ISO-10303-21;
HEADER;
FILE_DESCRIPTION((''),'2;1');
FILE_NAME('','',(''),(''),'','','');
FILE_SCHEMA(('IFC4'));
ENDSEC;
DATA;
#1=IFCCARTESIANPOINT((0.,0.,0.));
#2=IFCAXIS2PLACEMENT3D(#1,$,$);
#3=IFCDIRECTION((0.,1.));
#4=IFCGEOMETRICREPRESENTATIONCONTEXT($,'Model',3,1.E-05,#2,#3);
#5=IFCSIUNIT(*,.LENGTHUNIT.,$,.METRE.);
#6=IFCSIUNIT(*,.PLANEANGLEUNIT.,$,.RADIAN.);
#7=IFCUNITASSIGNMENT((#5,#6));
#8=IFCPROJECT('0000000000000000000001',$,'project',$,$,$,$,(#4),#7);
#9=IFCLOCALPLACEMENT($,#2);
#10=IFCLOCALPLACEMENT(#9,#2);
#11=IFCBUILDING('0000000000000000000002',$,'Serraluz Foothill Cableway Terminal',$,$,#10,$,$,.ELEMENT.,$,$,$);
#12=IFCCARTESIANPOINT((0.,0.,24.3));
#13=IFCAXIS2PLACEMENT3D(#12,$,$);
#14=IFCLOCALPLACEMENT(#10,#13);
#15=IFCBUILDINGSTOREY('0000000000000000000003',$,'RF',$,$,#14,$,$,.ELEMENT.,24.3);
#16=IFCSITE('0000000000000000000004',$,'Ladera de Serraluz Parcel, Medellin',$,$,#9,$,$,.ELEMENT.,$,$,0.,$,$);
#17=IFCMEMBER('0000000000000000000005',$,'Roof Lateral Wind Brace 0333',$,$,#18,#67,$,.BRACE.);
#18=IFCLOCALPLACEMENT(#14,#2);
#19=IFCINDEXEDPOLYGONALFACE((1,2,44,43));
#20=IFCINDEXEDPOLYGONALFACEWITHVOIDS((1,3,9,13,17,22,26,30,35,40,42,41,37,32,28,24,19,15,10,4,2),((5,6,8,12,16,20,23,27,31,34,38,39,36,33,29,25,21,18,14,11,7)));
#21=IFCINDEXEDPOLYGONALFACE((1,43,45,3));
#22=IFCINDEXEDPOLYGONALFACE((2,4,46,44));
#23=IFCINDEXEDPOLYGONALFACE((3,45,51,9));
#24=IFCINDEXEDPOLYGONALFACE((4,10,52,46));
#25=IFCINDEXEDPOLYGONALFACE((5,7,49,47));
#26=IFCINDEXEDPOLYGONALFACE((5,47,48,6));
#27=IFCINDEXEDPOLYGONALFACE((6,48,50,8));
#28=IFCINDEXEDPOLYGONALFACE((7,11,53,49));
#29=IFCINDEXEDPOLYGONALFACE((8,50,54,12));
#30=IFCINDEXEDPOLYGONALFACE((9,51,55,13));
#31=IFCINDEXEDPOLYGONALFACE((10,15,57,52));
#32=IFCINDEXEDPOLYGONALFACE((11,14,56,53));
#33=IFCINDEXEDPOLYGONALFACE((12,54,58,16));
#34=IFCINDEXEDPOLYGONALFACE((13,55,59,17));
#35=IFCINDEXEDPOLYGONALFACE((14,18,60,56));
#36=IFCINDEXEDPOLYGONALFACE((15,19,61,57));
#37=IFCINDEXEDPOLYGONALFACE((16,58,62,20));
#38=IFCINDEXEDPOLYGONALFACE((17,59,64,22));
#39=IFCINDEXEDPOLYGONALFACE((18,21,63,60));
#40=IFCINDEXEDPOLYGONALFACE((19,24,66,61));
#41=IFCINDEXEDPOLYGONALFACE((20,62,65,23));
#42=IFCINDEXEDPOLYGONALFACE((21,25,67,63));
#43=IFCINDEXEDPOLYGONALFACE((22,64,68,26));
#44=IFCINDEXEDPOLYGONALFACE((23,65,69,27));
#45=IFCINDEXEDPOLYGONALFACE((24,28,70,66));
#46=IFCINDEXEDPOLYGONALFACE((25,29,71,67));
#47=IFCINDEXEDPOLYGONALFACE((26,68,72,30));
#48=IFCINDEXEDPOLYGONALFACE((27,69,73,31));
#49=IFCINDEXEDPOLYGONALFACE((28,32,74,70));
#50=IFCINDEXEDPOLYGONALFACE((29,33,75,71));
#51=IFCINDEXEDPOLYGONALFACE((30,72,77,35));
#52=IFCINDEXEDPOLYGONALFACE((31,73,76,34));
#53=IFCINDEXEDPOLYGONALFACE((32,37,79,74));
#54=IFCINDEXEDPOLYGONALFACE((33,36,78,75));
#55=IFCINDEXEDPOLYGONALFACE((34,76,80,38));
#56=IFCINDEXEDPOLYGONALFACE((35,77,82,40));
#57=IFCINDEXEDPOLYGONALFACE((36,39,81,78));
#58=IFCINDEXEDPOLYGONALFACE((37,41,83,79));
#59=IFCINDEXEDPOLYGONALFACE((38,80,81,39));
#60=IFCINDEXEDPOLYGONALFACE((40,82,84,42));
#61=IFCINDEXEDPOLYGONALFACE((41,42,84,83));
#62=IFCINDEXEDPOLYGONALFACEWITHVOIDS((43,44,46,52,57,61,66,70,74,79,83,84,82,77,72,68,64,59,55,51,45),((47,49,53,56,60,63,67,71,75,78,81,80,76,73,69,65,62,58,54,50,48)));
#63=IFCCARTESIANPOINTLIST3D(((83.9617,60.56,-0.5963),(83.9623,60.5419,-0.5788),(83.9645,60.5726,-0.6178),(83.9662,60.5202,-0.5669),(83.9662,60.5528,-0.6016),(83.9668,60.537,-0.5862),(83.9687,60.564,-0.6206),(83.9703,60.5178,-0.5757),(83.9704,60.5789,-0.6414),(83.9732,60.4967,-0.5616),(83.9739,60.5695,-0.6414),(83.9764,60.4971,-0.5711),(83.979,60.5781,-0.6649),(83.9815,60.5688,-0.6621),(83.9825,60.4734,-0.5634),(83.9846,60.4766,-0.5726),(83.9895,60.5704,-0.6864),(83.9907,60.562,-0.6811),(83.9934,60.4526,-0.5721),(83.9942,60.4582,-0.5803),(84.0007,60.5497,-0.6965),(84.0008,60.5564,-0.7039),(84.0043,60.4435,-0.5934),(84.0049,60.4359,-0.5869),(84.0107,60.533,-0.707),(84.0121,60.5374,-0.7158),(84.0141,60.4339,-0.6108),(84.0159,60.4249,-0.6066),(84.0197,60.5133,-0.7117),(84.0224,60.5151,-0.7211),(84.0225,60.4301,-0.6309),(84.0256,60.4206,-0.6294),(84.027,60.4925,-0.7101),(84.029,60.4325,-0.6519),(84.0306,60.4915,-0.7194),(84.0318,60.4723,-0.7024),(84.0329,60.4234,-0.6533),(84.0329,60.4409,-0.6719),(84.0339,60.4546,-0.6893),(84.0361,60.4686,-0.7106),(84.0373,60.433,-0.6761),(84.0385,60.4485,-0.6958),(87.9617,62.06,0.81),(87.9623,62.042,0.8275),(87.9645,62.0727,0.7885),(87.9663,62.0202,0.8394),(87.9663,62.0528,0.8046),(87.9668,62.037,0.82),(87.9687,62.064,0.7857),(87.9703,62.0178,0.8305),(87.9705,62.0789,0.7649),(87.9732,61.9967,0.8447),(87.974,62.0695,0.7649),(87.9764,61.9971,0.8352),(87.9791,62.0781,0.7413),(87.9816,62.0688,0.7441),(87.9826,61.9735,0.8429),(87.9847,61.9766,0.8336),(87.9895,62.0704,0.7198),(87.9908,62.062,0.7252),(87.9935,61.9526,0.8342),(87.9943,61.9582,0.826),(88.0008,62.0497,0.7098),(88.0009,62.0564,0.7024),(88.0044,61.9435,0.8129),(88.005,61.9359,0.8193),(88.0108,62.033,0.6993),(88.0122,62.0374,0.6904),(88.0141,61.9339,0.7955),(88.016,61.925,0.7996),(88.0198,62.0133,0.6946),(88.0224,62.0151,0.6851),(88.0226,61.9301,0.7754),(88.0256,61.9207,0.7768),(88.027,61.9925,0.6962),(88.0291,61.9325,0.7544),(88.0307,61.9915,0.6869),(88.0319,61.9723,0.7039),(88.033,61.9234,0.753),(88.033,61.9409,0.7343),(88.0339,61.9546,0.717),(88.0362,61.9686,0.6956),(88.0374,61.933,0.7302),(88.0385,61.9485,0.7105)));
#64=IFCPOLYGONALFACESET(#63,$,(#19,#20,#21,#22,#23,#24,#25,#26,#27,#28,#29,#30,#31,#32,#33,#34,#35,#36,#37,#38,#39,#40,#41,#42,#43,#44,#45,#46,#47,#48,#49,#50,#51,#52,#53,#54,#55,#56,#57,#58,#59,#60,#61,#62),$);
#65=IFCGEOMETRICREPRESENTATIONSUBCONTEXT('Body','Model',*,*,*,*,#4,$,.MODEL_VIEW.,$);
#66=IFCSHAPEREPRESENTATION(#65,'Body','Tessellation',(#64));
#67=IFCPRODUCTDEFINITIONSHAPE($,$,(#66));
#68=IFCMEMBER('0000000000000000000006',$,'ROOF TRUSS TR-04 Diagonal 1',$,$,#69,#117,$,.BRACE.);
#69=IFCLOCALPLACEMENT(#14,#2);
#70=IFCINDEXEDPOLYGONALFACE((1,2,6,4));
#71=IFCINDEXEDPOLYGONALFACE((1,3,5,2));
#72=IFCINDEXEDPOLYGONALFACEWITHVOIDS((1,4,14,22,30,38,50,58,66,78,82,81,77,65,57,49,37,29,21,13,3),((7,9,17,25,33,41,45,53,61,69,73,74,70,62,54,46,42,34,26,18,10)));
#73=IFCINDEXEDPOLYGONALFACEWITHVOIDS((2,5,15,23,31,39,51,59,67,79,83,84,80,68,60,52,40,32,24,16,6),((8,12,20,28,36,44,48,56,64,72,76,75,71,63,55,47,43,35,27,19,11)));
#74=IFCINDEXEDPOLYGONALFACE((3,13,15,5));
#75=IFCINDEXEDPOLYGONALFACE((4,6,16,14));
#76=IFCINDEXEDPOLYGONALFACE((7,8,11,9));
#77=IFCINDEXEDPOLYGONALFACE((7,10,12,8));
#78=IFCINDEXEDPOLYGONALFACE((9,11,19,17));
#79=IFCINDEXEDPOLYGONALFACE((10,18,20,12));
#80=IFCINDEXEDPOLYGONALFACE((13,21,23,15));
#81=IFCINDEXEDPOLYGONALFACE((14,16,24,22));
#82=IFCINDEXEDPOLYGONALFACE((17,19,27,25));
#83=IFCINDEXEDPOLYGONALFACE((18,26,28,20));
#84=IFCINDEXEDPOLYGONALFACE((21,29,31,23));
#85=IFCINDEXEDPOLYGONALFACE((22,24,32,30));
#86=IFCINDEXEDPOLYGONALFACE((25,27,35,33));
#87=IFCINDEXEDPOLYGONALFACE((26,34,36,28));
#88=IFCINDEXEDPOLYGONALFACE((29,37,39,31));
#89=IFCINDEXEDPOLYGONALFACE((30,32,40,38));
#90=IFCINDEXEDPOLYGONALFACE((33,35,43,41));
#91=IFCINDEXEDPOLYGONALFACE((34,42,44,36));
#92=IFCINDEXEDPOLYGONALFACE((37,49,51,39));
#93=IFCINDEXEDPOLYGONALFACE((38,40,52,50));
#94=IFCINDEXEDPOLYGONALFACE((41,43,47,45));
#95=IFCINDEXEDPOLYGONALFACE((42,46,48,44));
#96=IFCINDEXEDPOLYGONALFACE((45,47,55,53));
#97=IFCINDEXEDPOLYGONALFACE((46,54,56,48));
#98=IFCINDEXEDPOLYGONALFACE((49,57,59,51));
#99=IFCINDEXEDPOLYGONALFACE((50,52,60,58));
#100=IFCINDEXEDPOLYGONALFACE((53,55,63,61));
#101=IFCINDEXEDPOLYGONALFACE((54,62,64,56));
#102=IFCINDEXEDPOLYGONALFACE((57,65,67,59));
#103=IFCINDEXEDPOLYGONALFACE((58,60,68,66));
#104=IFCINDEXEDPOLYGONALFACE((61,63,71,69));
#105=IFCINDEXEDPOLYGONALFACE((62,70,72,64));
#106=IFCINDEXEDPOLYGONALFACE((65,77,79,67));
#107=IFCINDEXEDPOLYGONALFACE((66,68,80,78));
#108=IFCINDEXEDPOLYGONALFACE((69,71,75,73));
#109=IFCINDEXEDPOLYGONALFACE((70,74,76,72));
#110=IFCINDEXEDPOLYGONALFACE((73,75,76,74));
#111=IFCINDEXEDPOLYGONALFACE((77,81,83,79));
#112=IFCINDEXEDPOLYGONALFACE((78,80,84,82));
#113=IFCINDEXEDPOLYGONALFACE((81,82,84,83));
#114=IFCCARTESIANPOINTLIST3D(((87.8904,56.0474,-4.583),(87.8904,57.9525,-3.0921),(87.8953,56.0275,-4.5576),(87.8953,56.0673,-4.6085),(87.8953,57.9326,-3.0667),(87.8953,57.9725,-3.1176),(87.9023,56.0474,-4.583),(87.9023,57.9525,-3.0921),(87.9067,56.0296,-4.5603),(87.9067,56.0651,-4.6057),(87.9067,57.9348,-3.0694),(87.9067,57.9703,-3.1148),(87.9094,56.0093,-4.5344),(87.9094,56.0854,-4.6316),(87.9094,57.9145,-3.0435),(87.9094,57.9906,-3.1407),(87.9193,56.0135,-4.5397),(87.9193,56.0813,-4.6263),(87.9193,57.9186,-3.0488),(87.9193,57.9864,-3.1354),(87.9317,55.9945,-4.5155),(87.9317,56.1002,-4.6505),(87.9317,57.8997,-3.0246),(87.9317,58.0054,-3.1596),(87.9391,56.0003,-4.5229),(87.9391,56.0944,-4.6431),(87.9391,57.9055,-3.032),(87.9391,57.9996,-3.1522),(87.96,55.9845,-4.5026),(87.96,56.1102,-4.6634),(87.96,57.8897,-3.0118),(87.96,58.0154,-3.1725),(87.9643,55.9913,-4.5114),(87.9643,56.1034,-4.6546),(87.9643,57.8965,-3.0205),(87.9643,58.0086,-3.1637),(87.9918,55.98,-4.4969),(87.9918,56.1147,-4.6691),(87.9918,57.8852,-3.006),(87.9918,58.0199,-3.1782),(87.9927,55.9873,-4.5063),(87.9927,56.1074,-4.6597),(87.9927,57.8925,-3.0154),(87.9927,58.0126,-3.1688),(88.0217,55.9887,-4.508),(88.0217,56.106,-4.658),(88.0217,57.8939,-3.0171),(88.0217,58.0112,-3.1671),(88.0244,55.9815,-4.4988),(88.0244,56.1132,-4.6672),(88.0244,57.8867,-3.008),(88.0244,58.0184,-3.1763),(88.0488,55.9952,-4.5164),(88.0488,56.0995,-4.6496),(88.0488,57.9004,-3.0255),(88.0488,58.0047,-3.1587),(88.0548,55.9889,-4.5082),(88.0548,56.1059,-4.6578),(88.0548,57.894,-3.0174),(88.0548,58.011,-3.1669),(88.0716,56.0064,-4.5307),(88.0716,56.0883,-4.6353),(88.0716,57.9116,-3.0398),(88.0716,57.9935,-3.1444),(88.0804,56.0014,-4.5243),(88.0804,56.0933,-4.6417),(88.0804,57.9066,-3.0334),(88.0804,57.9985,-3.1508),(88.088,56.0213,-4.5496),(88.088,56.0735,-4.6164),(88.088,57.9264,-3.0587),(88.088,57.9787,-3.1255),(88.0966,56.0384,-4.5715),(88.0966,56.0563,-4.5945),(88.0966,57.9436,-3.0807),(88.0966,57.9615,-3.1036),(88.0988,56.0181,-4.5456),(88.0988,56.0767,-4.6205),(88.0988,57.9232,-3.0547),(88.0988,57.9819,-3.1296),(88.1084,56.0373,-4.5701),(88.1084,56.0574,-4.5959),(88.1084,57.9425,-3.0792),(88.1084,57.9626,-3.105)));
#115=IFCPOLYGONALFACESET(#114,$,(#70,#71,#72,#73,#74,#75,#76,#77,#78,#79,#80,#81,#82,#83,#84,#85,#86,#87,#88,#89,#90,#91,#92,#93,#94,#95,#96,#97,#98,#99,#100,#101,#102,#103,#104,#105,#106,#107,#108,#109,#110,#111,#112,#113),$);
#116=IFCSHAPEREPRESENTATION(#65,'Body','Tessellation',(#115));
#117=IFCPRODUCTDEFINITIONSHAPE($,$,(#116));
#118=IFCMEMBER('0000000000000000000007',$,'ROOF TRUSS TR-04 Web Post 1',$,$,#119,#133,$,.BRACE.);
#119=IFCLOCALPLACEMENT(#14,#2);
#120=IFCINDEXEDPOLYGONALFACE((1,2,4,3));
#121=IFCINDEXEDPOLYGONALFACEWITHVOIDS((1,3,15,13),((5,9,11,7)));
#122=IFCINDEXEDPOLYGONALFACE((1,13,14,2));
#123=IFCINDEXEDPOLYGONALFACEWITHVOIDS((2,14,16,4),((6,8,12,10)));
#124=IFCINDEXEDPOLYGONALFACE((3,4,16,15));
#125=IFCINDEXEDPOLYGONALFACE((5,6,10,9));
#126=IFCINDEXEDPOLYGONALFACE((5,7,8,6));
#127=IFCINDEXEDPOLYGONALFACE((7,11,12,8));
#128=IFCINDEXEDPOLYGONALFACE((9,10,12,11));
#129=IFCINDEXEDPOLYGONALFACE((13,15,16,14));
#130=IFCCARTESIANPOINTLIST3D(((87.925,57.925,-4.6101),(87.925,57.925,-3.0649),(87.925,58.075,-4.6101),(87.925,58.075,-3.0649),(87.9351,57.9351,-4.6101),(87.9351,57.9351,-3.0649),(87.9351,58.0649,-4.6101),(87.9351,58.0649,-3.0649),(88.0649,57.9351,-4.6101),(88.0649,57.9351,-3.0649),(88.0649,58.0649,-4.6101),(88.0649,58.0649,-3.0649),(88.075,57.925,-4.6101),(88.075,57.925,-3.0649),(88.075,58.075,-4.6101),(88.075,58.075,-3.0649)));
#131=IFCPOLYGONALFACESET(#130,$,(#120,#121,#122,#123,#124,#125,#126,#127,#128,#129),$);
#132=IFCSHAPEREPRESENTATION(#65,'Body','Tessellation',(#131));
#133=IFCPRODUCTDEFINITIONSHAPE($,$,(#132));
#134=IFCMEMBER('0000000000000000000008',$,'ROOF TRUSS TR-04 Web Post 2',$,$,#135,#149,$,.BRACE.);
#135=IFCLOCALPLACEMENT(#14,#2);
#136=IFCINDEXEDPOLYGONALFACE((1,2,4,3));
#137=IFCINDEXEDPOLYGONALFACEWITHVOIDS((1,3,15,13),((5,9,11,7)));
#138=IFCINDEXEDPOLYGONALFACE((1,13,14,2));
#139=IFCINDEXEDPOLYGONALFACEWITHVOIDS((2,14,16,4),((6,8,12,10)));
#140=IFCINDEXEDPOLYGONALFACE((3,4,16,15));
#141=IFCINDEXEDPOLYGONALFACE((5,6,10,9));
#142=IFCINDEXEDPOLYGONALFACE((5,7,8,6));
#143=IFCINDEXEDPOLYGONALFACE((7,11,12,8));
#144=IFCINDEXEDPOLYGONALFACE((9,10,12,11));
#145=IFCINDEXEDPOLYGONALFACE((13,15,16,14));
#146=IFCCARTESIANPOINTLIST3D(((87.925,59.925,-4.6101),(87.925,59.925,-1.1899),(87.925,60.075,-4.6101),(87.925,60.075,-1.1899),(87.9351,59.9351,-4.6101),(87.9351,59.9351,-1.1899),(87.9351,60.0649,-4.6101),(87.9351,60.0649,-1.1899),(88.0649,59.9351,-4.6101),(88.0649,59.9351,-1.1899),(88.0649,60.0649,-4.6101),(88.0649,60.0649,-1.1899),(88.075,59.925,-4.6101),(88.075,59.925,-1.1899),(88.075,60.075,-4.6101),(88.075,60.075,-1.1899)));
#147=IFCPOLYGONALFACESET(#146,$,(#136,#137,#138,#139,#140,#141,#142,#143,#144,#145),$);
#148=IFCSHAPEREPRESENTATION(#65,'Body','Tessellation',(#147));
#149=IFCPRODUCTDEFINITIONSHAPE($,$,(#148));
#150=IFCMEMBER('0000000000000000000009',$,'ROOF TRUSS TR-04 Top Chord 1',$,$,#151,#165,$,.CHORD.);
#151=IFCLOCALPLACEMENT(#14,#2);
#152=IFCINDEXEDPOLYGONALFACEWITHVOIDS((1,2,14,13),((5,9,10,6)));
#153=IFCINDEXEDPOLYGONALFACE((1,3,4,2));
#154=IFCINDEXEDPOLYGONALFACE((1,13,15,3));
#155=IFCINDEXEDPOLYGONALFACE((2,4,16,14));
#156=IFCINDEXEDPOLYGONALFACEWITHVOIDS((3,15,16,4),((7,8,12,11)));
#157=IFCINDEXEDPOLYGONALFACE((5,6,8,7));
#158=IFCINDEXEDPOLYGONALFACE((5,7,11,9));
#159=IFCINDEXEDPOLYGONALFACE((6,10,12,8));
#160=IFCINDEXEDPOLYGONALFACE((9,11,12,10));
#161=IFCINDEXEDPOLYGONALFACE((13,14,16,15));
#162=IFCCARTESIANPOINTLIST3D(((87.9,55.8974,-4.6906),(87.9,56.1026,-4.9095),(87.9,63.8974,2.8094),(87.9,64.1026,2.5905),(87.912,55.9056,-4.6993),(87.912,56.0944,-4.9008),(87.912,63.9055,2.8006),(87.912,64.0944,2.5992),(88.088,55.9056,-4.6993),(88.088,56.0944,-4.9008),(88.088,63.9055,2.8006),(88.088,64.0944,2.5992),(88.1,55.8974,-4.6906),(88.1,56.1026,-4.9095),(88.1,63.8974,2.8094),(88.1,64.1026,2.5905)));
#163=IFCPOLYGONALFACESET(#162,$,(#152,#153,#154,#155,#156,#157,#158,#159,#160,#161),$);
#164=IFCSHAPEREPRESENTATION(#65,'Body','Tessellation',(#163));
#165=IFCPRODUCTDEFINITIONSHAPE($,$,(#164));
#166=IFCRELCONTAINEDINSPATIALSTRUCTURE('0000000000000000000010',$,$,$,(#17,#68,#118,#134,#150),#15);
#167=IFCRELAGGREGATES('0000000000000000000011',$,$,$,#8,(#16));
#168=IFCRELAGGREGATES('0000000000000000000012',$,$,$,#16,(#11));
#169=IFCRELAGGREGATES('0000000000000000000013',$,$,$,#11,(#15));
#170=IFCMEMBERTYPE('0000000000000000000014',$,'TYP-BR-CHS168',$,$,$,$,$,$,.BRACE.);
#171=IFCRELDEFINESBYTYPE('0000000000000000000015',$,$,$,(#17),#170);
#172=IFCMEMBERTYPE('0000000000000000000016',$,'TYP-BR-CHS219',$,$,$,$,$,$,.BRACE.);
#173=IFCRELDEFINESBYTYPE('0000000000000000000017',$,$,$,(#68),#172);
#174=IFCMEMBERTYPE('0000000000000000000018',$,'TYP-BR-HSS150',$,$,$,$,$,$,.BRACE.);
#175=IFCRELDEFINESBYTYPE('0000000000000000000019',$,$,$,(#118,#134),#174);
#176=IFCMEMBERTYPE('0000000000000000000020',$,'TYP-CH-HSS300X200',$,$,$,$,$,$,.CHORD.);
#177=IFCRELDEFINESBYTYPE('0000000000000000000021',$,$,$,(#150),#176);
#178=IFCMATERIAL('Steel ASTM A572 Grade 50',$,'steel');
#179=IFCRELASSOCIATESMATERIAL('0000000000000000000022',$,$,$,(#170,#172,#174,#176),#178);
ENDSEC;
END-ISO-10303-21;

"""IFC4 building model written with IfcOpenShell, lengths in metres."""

from ifc_helpers import new_model, si_unit, direction, frame, origin, origin_2d, place, context, subcontext, project, spatial, hollow_rectangle, hollow_circle, extrude, material, material_profile, profile_set, type_object, element, save


model = new_model("IFC4")

# Units and contexts
model_context = context("Model", 3, precision=1e-05, world=origin(), true_north=direction((0.0, 1.0)))
body_context = subcontext(model_context, "Body", "Model", "MODEL_VIEW")
ifc_project = project(units=[si_unit("LENGTHUNIT", "METRE"), si_unit("PLANEANGLEUNIT", "RADIAN")], contexts=[model_context])

# Site, building, storey
site_placement = place(None, origin())
site = spatial("IfcSite", under=ifc_project, at=site_placement, Name="Ladera de Serraluz Parcel, Medellin", CompositionType="ELEMENT", RefElevation=0.0)
building_placement = place(site_placement, origin())
building = spatial("IfcBuilding", under=site, at=building_placement, Name="Serraluz Foothill Cableway Terminal", CompositionType="ELEMENT")
storey_placement = place(building_placement, frame((0.0, 0.0, 24.3)))
storey = spatial("IfcBuildingStorey", under=building, at=storey_placement, Name="RF", CompositionType="ELEMENT", Elevation=24.3)

# Members
ifc_material_1 = material(Name="Steel ASTM A572 Grade 50", Category="steel")
ifc_material_profile_1 = material_profile(ifc_material_1, hollow_circle(Radius=0.0842, WallThickness=0.01, at=origin_2d()), Name="CHS168X10")
ifc_profile_set_1 = profile_set([ifc_material_profile_1], Name="Steel ASTM A572 Grade 50")
member_type_1 = type_object("IfcMemberType", Name="TYP-BR-CHS168", PredefinedType="BRACE", material=ifc_profile_set_1)
for number, where, z_axis, x_axis, name in (
    (1, (84.0, 60.5, -0.6414), (0.889382, 0.333518, 0.312673), (-0.351123, 0.936329, 0.0), "Roof Lateral Wind Brace 0333"),
):
    element("IfcMember", number, at=place(storey_placement, frame(where, z_axis=z_axis, x_axis=x_axis)), inside=storey, type_object=member_type_1, Name=name, PredefinedType="BRACE", context=body_context, shape_type="SweptSolid", body=[
        extrude(hollow_circle(Radius=0.0842, WallThickness=0.01, at=origin_2d()), origin(), (0.0, 0.0, 1.0), 4.4976),
    ])
ifc_material_profile_2 = material_profile(ifc_material_1, hollow_circle(Radius=0.1096, WallThickness=0.012, at=origin_2d()), Name="CHS219X12")
ifc_profile_set_2 = profile_set([ifc_material_profile_2], Name="Steel ASTM A572 Grade 50")
member_type_2 = type_object("IfcMemberType", Name="TYP-BR-CHS219", PredefinedType="BRACE", material=ifc_profile_set_2)
member_1_placement = place(storey_placement, frame((88.0, 56.0474, -4.583), z_axis=(0.0, 0.787528, 0.616278), x_axis=(-1.0, 0.0, 0.0)))
element("IfcMember", 2, at=member_1_placement, inside=storey, type_object=member_type_2, Name="ROOF TRUSS TR-04 Diagonal 1", PredefinedType="BRACE", context=body_context, shape_type="SweptSolid", body=[
    extrude(hollow_circle(Radius=0.1096, WallThickness=0.012, at=origin_2d()), origin(), (0.0, 0.0, 1.0), 2.4192),
])
ifc_material_profile_3 = material_profile(ifc_material_1, hollow_rectangle(XDim=0.1499, YDim=0.1499, WallThickness=0.01, at=origin_2d()), Name="HSS150X150X10")
ifc_profile_set_3 = profile_set([ifc_material_profile_3], Name="Steel ASTM A572 Grade 50")
member_type_3 = type_object("IfcMemberType", Name="TYP-BR-HSS150", PredefinedType="BRACE", material=ifc_profile_set_3)
member_2_placement = place(storey_placement, frame((88.0, 58.0, -4.6101), z_axis=(0.0, 0.0, 1.0), x_axis=(1.0, 0.0, 0.0)))
element("IfcMember", 3, at=member_2_placement, inside=storey, type_object=member_type_3, Name="ROOF TRUSS TR-04 Web Post 1", PredefinedType="BRACE", context=body_context, shape_type="SweptSolid", body=[
    extrude(hollow_rectangle(XDim=0.1499, YDim=0.1499, WallThickness=0.01, at=origin_2d()), origin(), (0.0, 0.0, 1.0), 1.5452),
])
member_3_placement = place(storey_placement, frame((88.0, 60.0, -4.6101), z_axis=(0.0, 0.0, 1.0), x_axis=(1.0, 0.0, 0.0)))
element("IfcMember", 4, at=member_3_placement, inside=storey, type_object=member_type_3, Name="ROOF TRUSS TR-04 Web Post 2", PredefinedType="BRACE", context=body_context, shape_type="SweptSolid", body=[
    extrude(hollow_rectangle(XDim=0.1499, YDim=0.1499, WallThickness=0.01, at=origin_2d()), origin(), (0.0, 0.0, 1.0), 3.4202),
])
ifc_material_profile_4 = material_profile(ifc_material_1, hollow_rectangle(XDim=0.2, YDim=0.3, WallThickness=0.012, at=origin_2d()), Name="HSS300X200X12")
ifc_profile_set_4 = profile_set([ifc_material_profile_4], Name="Steel ASTM A572 Grade 50")
member_type_4 = type_object("IfcMemberType", Name="TYP-CH-HSS300X200", PredefinedType="CHORD", material=ifc_profile_set_4)
member_4_placement = place(storey_placement, frame((88.0, 56.0, -4.8), z_axis=(0.0, 0.729537, 0.683941), x_axis=(-1.0, 0.0, 0.0)))
element("IfcMember", 5, at=member_4_placement, inside=storey, type_object=member_type_4, Name="ROOF TRUSS TR-04 Top Chord 1", PredefinedType="CHORD", context=body_context, shape_type="SweptSolid", body=[
    extrude(hollow_rectangle(XDim=0.2, YDim=0.3, WallThickness=0.012, at=origin_2d()), origin(), (0.0, 0.0, 1.0), 10.9658),
])

save(model, "model.ifc")
